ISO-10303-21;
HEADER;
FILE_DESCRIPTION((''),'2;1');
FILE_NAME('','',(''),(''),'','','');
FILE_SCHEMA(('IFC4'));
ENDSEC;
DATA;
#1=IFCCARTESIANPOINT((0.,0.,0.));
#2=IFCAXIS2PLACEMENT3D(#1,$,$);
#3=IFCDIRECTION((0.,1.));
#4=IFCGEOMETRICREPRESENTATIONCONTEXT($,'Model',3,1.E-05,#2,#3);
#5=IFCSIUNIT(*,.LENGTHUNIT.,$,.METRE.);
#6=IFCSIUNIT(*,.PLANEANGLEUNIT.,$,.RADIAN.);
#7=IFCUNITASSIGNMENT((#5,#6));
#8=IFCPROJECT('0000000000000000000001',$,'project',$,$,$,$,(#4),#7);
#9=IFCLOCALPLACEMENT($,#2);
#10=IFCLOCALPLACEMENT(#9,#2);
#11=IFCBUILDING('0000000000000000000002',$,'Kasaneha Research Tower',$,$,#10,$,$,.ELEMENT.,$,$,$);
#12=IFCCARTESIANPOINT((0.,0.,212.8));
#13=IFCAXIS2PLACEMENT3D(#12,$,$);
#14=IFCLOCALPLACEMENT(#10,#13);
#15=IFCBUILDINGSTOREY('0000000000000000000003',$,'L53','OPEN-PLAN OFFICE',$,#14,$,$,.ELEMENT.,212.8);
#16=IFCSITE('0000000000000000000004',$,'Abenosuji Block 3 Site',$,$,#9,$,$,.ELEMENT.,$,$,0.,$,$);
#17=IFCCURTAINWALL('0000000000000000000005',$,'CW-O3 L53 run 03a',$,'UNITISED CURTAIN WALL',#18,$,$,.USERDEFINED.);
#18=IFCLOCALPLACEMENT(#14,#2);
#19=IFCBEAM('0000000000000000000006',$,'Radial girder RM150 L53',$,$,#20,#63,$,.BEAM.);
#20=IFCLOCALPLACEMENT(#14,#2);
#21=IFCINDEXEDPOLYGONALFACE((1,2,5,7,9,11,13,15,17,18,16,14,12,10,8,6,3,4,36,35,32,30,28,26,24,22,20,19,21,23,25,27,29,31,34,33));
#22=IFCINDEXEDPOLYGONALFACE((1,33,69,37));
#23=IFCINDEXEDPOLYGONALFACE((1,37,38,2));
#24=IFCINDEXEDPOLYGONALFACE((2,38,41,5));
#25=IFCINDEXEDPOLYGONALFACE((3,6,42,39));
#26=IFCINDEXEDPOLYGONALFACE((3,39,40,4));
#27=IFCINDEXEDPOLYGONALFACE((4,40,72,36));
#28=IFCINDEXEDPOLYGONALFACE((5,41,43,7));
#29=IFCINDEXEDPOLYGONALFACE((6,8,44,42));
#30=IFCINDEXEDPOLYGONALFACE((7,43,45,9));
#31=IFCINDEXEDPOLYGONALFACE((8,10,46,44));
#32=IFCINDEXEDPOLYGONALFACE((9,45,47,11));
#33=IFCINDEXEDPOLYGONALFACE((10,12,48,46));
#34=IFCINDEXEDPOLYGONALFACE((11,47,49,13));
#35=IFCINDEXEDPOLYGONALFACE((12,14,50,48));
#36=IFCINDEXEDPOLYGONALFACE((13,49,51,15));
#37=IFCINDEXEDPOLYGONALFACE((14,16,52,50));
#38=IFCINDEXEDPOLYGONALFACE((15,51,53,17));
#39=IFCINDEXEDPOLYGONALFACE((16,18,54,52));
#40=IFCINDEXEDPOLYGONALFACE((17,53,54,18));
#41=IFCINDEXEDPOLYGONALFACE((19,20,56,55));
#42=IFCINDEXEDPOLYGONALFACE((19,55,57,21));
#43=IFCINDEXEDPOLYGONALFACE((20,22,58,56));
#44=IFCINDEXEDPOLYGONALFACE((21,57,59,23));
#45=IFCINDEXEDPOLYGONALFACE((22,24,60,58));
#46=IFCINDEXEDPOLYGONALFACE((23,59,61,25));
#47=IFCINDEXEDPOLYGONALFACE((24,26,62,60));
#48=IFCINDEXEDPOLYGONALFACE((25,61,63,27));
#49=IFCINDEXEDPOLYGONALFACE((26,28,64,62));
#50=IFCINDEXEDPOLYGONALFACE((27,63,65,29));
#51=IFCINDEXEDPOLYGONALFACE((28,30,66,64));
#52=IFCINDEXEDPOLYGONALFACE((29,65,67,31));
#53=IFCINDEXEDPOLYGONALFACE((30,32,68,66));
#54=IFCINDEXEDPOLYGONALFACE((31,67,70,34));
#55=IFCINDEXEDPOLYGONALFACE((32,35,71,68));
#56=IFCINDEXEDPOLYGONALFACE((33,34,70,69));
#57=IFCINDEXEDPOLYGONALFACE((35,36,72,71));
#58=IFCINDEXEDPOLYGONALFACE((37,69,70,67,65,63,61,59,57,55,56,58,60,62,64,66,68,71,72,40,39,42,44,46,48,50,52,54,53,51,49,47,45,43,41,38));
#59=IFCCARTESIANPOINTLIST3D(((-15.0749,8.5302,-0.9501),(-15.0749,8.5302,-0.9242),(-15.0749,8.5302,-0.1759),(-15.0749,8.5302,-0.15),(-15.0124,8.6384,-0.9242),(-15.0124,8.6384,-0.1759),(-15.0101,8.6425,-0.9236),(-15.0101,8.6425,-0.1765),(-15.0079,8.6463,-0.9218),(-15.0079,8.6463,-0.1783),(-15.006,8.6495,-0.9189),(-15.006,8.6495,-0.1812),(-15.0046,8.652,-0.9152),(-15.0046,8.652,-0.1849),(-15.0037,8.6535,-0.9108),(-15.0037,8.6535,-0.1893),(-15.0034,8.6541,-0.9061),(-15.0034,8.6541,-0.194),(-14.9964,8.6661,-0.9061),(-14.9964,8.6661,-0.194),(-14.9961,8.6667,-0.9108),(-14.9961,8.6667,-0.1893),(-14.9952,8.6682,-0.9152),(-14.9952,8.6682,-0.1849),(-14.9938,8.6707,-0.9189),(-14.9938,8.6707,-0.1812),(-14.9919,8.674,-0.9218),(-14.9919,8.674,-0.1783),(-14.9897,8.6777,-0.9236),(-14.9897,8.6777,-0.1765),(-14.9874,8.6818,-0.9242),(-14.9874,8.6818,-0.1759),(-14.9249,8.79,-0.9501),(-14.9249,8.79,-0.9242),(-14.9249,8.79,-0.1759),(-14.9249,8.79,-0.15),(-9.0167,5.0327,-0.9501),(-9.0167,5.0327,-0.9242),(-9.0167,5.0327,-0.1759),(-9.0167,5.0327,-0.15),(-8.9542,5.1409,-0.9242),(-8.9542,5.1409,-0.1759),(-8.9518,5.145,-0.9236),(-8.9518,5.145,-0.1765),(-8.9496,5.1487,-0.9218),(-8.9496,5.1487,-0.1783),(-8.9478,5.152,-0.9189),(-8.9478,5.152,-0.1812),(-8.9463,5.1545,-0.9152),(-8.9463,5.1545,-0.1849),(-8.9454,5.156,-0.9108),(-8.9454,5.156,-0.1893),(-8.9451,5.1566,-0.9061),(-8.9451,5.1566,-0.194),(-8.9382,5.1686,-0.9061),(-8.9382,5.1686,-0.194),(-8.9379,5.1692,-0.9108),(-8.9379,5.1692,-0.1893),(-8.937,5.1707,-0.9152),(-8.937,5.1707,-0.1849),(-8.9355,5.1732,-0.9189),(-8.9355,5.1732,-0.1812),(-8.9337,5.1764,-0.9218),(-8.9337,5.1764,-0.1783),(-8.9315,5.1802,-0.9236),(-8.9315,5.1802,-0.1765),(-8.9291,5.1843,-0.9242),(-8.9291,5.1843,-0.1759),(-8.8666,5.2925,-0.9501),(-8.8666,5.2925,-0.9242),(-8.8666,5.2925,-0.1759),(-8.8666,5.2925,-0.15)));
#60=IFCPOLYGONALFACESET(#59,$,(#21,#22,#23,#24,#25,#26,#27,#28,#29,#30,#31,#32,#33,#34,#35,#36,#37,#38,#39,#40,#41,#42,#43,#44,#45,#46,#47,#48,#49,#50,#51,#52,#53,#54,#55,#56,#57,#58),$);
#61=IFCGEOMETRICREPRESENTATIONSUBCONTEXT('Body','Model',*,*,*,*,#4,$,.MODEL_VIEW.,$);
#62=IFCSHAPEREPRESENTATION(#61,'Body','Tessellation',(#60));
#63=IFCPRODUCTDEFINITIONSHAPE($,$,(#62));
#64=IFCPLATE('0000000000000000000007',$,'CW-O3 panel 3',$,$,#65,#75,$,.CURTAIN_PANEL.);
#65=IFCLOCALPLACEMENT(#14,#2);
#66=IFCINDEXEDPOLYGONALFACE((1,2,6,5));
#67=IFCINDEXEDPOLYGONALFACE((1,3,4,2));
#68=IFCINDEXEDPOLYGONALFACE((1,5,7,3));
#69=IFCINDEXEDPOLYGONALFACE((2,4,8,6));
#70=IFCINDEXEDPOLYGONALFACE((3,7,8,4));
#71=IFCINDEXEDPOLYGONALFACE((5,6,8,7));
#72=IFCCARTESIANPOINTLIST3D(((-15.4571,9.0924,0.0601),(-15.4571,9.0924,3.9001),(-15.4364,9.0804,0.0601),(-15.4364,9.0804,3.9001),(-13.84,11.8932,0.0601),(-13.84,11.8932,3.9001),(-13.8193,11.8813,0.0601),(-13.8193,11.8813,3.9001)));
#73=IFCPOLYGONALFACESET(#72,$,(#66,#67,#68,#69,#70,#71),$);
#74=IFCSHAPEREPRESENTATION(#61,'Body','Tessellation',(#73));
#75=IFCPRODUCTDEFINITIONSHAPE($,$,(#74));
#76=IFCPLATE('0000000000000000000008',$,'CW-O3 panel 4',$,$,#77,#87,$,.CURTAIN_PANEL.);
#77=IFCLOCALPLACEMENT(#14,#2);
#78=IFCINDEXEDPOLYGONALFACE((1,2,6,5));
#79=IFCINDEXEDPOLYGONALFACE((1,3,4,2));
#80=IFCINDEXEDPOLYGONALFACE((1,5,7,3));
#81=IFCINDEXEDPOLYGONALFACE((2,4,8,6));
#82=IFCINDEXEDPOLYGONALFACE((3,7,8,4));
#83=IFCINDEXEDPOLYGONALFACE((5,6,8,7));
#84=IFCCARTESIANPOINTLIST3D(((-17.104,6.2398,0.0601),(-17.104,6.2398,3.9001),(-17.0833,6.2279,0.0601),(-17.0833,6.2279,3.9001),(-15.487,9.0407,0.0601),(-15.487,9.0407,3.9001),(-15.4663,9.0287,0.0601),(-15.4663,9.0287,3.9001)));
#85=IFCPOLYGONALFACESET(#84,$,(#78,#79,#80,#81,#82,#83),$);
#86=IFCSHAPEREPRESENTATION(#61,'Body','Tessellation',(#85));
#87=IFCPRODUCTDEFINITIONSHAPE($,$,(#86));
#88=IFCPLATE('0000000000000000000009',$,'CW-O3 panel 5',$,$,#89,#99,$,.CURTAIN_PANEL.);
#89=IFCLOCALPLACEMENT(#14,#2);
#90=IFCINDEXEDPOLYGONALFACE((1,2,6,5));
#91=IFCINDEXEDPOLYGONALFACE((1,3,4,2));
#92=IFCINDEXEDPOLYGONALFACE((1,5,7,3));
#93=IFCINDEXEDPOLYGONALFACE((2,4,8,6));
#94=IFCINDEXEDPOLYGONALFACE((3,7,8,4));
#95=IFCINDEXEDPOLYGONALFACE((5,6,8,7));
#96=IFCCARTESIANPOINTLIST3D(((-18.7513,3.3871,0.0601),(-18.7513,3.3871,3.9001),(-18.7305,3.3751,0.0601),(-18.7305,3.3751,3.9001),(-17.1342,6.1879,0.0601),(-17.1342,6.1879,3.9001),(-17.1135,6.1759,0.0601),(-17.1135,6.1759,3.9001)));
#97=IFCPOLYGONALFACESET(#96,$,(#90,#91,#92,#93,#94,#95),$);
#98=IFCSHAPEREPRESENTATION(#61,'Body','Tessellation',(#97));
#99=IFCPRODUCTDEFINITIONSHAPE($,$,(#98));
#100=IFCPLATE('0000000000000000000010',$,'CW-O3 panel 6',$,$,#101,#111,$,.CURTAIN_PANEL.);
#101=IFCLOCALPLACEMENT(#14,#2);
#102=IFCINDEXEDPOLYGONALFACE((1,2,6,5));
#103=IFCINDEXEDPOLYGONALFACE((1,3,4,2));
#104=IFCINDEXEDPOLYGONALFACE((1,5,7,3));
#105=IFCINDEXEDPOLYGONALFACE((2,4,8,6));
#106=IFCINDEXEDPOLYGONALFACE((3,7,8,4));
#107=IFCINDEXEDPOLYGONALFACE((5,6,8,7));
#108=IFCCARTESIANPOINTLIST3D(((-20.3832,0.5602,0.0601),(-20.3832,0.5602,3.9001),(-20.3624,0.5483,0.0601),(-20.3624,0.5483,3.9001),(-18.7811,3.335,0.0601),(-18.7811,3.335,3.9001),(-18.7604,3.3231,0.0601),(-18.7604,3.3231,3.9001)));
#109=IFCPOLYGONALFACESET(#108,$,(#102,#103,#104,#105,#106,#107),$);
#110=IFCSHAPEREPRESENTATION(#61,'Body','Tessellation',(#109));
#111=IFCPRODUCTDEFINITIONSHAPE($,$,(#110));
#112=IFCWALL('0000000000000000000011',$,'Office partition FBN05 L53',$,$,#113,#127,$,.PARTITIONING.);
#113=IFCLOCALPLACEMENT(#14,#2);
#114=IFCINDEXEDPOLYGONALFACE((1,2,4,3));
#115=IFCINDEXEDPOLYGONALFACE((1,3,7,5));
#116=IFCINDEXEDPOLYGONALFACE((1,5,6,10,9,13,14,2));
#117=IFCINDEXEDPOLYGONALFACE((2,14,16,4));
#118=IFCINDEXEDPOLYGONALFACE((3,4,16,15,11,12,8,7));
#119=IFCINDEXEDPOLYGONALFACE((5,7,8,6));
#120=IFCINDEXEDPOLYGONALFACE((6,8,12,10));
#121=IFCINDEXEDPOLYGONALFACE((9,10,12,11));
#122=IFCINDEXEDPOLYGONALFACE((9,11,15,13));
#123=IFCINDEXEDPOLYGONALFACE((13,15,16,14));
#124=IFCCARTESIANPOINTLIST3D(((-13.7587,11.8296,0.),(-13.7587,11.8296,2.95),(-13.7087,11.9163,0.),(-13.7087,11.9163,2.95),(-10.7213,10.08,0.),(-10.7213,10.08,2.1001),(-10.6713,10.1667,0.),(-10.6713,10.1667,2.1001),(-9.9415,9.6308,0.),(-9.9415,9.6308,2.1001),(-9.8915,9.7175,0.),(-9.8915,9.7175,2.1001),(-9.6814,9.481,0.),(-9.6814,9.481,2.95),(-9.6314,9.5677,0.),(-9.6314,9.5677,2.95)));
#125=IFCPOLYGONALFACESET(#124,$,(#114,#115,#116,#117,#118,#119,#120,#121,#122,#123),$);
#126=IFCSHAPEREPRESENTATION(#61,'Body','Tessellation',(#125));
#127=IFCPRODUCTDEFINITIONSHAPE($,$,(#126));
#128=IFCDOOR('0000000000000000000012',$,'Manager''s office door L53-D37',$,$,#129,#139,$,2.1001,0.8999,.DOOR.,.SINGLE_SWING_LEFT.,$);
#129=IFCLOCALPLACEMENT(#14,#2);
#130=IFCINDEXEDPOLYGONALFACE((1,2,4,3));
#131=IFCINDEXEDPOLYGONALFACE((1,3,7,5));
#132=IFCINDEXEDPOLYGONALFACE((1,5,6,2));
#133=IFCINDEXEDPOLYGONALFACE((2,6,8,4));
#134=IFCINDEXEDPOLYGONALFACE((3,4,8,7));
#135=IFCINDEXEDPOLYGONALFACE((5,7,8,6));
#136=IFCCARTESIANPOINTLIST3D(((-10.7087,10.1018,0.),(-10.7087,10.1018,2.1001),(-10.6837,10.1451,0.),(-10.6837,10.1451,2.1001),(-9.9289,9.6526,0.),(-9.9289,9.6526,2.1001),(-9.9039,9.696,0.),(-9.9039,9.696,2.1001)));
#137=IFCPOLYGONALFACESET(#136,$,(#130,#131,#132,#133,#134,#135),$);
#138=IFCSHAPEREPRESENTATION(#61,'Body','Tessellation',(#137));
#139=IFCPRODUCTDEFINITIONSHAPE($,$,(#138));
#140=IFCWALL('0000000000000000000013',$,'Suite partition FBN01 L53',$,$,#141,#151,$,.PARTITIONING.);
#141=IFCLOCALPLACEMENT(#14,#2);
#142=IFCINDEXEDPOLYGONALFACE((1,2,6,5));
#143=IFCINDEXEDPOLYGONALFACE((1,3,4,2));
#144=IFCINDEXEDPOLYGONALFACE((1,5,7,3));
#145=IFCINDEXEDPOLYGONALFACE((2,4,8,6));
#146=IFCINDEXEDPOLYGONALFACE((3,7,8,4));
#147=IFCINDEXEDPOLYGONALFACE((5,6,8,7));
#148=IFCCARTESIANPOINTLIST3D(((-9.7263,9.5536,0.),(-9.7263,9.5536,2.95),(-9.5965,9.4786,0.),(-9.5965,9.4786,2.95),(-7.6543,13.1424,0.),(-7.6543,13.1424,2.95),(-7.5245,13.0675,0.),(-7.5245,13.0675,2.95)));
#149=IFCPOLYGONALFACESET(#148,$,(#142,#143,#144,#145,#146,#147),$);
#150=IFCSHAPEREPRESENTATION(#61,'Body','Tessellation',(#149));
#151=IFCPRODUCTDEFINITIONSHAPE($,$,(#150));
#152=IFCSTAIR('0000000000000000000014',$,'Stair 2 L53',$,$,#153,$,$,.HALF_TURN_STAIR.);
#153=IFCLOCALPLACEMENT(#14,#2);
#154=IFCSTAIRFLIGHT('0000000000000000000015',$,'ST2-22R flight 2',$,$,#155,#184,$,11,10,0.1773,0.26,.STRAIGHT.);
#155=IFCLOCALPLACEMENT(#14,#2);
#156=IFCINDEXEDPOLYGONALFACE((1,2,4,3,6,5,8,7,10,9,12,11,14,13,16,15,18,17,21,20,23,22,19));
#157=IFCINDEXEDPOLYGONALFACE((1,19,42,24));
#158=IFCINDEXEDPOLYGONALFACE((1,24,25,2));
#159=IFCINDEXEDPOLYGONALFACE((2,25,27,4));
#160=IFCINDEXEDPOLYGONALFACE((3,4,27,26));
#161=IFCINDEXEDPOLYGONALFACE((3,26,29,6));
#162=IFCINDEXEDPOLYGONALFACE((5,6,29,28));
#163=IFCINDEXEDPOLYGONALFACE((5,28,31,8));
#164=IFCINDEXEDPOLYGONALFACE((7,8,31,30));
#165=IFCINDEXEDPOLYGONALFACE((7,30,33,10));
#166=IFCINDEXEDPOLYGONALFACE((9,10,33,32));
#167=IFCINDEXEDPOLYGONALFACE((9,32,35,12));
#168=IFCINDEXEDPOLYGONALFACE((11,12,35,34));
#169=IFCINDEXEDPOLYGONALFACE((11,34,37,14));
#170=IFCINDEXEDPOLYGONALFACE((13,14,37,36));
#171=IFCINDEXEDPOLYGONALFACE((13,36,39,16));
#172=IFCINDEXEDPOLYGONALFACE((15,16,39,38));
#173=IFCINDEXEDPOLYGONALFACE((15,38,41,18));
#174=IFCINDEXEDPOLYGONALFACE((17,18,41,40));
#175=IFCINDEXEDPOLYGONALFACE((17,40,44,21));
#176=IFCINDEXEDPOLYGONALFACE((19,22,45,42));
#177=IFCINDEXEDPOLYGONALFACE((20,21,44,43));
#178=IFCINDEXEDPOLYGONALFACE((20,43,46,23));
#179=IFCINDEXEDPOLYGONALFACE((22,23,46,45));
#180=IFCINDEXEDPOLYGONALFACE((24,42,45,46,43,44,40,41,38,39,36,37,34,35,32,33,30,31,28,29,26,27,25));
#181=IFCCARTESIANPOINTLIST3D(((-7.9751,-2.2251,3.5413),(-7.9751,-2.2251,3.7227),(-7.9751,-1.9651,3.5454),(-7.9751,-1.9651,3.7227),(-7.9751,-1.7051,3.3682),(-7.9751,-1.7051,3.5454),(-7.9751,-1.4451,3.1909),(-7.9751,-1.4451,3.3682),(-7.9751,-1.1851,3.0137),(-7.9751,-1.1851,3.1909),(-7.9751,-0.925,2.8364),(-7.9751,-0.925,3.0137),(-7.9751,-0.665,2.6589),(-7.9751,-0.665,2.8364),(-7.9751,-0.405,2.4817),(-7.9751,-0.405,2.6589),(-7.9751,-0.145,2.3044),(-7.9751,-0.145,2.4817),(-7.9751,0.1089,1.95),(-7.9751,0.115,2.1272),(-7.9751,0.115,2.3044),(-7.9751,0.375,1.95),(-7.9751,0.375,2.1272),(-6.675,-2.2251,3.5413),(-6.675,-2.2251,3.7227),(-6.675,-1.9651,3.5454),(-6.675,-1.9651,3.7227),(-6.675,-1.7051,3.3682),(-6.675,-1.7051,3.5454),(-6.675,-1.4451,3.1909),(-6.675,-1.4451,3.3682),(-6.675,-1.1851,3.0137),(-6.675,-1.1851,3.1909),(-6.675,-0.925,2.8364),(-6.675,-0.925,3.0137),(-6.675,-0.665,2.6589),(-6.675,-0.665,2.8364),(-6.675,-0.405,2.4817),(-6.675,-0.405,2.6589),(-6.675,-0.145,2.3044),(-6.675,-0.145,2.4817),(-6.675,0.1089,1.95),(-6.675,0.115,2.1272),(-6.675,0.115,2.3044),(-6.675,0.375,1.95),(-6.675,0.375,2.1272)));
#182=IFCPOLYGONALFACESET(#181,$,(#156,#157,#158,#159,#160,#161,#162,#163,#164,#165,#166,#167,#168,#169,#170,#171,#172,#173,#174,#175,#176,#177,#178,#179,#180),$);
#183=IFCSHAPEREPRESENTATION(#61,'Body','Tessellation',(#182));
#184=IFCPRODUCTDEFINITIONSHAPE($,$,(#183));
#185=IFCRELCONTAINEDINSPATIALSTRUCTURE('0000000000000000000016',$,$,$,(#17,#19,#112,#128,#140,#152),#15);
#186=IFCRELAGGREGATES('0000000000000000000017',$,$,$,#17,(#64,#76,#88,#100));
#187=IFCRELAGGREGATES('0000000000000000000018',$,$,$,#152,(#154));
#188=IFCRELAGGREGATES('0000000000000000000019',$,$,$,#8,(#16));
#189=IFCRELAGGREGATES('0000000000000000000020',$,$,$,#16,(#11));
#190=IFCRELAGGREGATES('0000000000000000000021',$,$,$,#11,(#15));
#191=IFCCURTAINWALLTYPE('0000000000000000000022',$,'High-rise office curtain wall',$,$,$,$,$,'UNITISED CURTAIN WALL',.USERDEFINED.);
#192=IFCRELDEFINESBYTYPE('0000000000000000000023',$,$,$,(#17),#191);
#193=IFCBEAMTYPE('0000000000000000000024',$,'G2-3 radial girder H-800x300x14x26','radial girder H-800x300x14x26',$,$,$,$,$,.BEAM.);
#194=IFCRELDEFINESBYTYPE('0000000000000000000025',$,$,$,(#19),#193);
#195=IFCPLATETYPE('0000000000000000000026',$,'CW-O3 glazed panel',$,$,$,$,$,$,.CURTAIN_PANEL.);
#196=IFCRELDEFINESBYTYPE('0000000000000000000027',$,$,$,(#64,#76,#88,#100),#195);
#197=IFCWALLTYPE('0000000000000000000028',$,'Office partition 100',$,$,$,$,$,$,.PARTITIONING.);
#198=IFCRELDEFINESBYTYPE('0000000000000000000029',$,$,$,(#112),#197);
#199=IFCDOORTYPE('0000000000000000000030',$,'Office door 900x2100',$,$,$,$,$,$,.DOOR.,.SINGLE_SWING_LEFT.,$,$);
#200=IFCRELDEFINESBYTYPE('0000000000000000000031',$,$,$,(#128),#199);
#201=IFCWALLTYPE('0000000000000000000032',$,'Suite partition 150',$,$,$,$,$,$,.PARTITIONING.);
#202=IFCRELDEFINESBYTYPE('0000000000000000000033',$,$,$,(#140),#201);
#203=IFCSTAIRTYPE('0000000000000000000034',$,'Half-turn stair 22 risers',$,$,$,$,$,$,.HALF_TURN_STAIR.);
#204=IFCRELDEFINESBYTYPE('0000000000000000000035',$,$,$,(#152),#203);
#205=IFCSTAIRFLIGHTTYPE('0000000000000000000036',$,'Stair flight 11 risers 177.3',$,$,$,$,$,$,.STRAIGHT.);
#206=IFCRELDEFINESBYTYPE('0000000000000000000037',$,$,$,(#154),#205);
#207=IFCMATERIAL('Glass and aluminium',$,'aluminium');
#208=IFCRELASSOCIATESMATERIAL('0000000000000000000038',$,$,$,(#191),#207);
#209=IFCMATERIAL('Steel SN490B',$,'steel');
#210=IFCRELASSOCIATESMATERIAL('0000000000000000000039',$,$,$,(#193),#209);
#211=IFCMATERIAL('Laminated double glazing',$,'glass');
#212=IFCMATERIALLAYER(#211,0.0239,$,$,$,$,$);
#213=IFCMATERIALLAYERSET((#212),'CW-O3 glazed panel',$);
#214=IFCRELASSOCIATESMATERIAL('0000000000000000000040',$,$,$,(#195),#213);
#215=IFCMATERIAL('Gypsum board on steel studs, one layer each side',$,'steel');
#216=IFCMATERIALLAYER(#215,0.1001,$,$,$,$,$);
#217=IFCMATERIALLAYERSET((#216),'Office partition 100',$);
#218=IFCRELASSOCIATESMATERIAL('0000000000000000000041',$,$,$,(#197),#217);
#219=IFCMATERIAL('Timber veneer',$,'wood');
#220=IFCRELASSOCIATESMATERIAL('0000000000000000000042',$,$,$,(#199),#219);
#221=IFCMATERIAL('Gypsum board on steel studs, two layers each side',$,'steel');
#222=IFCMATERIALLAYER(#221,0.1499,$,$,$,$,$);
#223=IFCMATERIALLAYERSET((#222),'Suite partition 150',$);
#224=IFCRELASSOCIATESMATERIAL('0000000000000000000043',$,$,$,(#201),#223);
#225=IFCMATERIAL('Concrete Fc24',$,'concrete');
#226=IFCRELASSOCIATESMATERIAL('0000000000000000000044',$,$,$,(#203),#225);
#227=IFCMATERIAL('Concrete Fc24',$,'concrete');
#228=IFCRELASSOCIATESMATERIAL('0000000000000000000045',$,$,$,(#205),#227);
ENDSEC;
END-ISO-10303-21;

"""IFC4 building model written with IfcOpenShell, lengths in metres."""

from ifc_helpers import new_model, si_unit, direction, frame, frame_2d, origin, origin_2d, place, context, subcontext, project, spatial, polyline, rectangle, i_section, outline, extrude, material, layer, layer_set, material_profile, profile_set, type_object, element, fill, aggregate, save


model = new_model("IFC4")

# Units and contexts
model_context = context("Model", 3, precision=1e-05, world=origin(), true_north=direction((0.0, 1.0)))
body_context = subcontext(model_context, "Body", "Model", "MODEL_VIEW")
ifc_project = project(units=[si_unit("LENGTHUNIT", "METRE"), si_unit("PLANEANGLEUNIT", "RADIAN")], contexts=[model_context])

# Site, building, storey
site_placement = place(None, origin())
site = spatial("IfcSite", under=ifc_project, at=site_placement, Name="Abenosuji Block 3 Site", CompositionType="ELEMENT", RefElevation=0.0)
building_placement = place(site_placement, origin())
building = spatial("IfcBuilding", under=site, at=building_placement, Name="Kasaneha Research Tower", CompositionType="ELEMENT")
storey_placement = place(building_placement, frame((0.0, 0.0, 212.8)))
storey = spatial("IfcBuildingStorey", under=building, at=storey_placement, Name="L53", Description="OPEN-PLAN OFFICE", CompositionType="ELEMENT", Elevation=212.8)

# Curtain wall
ifc_material_1 = material(Name="Glass and aluminium", Category="aluminium")
curtain_wall_type = type_object("IfcCurtainWallType", Name="High-rise office curtain wall", ElementType="UNITISED CURTAIN WALL", PredefinedType="USERDEFINED", material=ifc_material_1)
curtain_wall_placement = place(storey_placement, origin())
curtain_wall = element("IfcCurtainWall", 1, at=curtain_wall_placement, inside=storey, type_object=curtain_wall_type, Name="CW-O3 L53 run 03a", ObjectType="UNITISED CURTAIN WALL", PredefinedType="USERDEFINED")

# Beam
ifc_material_2 = material(Name="Steel SN490B", Category="steel")
ifc_material_profile_1 = material_profile(ifc_material_2, i_section(OverallWidth=0.3, OverallDepth=0.8, WebThickness=0.0139, FlangeThickness=0.0259, FilletRadius=0.0181, at=origin_2d()), Name="H-800x300x14x26")
ifc_profile_set_1 = profile_set([ifc_material_profile_1], Name="Steel SN490B")
beam_type_1 = type_object("IfcBeamType", Name="G2-3 radial girder H-800x300x14x26", Description="radial girder H-800x300x14x26", PredefinedType="BEAM", material=ifc_profile_set_1)
beam_1_placement = place(storey_placement, frame((-8.9417, 5.1626, -0.55), z_axis=(-0.86604, 0.499975, 0.0), x_axis=(-0.499975, -0.86604, 0.0)))
element("IfcBeam", 2, at=beam_1_placement, inside=storey, type_object=beam_type_1, Name="Radial girder RM150 L53", PredefinedType="BEAM", context=body_context, shape_type="SweptSolid", body=[
    extrude(i_section(OverallWidth=0.3, OverallDepth=0.8, WebThickness=0.0139, FlangeThickness=0.0259, FilletRadius=0.0181, at=origin_2d()), origin(), (0.0, 0.0, 1.0), 6.9954),
])

# Plates
ifc_material_3 = material(Name="Laminated double glazing", Category="glass")
ifc_layer_1 = layer(ifc_material_3, 0.0239)
ifc_layer_set_1 = layer_set([ifc_layer_1], Name="CW-O3 glazed panel")
plate_type = type_object("IfcPlateType", Name="CW-O3 glazed panel", PredefinedType="CURTAIN_PANEL", material=ifc_layer_set_1)
plate_1_placement = place(storey_placement, frame((-14.6382, 10.4868, 0.0601), z_axis=(0.0, 0.0, 1.0), x_axis=(-0.5, -0.866025, 0.0)))
plate_1 = element("IfcPlate", 3, at=plate_1_placement, type_object=plate_type, Name="CW-O3 panel 3", PredefinedType="CURTAIN_PANEL", context=body_context, shape_type="SweptSolid", body=[
    extrude(rectangle(XDim=3.2341, YDim=0.0239, at=origin_2d()), origin(), (0.0, 0.0, 1.0), 3.8401),
])
plate_2_placement = place(storey_placement, frame((-16.2852, 7.6343, 0.0601), z_axis=(0.0, 0.0, 1.0), x_axis=(-0.5, -0.866025, 0.0)))
plate_2 = element("IfcPlate", 4, at=plate_2_placement, type_object=plate_type, Name="CW-O3 panel 4", PredefinedType="CURTAIN_PANEL", context=body_context, shape_type="SweptSolid", body=[
    extrude(rectangle(XDim=3.2341, YDim=0.0239, at=origin_2d()), origin(), (0.0, 0.0, 1.0), 3.8401),
])
plate_3_placement = place(storey_placement, frame((-17.9324, 4.7815, 0.0601), z_axis=(0.0, 0.0, 1.0), x_axis=(-0.5, -0.866025, 0.0)))
plate_3 = element("IfcPlate", 5, at=plate_3_placement, type_object=plate_type, Name="CW-O3 panel 5", PredefinedType="CURTAIN_PANEL", context=body_context, shape_type="SweptSolid", body=[
    extrude(rectangle(XDim=3.2341, YDim=0.0239, at=origin_2d()), origin(), (0.0, 0.0, 1.0), 3.8401),
])
plate_4_placement = place(storey_placement, frame((-19.5718, 1.9417, 0.0601), z_axis=(0.0, 0.0, 1.0), x_axis=(-0.5, -0.866025, 0.0)))
plate_4 = element("IfcPlate", 6, at=plate_4_placement, type_object=plate_type, Name="CW-O3 panel 6", PredefinedType="CURTAIN_PANEL", context=body_context, shape_type="SweptSolid", body=[
    extrude(rectangle(XDim=3.2041, YDim=0.0239, at=origin_2d()), origin(), (0.0, 0.0, 1.0), 3.8401),
])
aggregate(curtain_wall, [plate_1, plate_2, plate_3, plate_4])

# Wall, opening, door
ifc_material_4 = material(Name="Gypsum board on steel studs, one layer each side", Category="steel")
ifc_layer_2 = layer(ifc_material_4, 0.1001)
ifc_layer_set_2 = layer_set([ifc_layer_2], Name="Office partition 100")
wall_type_1 = type_object("IfcWallType", Name="Office partition 100", PredefinedType="PARTITIONING", material=ifc_layer_set_2)
wall_1_placement = place(storey_placement, frame((-9.6565, 9.5244, 0.0), z_axis=(0.0, 0.0, 1.0), x_axis=(-0.866527, 0.499131, 0.0)))
wall_1 = element("IfcWall", 7, at=wall_1_placement, inside=storey, type_object=wall_type_1, Name="Office partition FBN05 L53", PredefinedType="PARTITIONING", context=body_context, shape_type="SweptSolid", body=[
    extrude(rectangle(XDim=4.7053, YDim=0.1001, at=frame_2d((2.3525, 0.0))), origin(), (0.0, 0.0, 1.0), 2.95),
])
opening_1_placement = place(wall_1_placement, frame((0.3, 0.0, 0.0)))
opening_1 = element("IfcOpeningElement", 8, at=opening_1_placement, cuts=wall_1, PredefinedType="OPENING", context=body_context, shape_type="SweptSolid", body=[
    extrude(rectangle(XDim=0.8999, YDim=2.1001, at=frame_2d((0.45, 1.05))), frame((0.0, 0.0601, 0.0), z_axis=(0.0, -1.0, 0.0), x_axis=(1.0, 0.0, 0.0)), (0.0, 0.0, 1.0), 0.1201),
])
ifc_material_5 = material(Name="Timber veneer", Category="wood")
door_type_1 = type_object("IfcDoorType", Name="Office door 900x2100", OperationType="SINGLE_SWING_LEFT", PredefinedType="DOOR", material=ifc_material_5)
door_1_placement = place(opening_1_placement, origin())
door_1 = element("IfcDoor", 9, at=door_1_placement, inside=storey, type_object=door_type_1, Name="Manager's office door L53-D37", OperationType="SINGLE_SWING_LEFT", OverallHeight=2.1001, OverallWidth=0.8999, PredefinedType="DOOR", context=body_context, shape_type="SweptSolid", body=[
    extrude(rectangle(XDim=0.8999, YDim=2.1001, at=frame_2d((0.45, 1.05))), frame((0.0, 0.0249, 0.0), z_axis=(0.0, -1.0, 0.0), x_axis=(1.0, 0.0, 0.0)), (0.0, 0.0, 1.0), 0.05),
])
fill(opening_1, door_1)

# Wall
ifc_material_6 = material(Name="Gypsum board on steel studs, two layers each side", Category="steel")
ifc_layer_3 = layer(ifc_material_6, 0.1499)
ifc_layer_set_3 = layer_set([ifc_layer_3], Name="Suite partition 150")
wall_type_2 = type_object("IfcWallType", Name="Suite partition 150", PredefinedType="PARTITIONING", material=ifc_layer_set_3)
wall_2_placement = place(storey_placement, frame((-9.6614, 9.5161, 0.0), z_axis=(0.0, 0.0, 1.0), x_axis=(0.499998, 0.866027, 0.0)))
element("IfcWall", 10, at=wall_2_placement, inside=storey, type_object=wall_type_2, Name="Suite partition FBN01 L53", PredefinedType="PARTITIONING", context=body_context, shape_type="SweptSolid", body=[
    extrude(rectangle(XDim=4.144, YDim=0.1499, at=frame_2d((2.072, 0.0))), origin(), (0.0, 0.0, 1.0), 2.95),
])

# Stair, stair flight
ifc_material_7 = material(Name="Concrete Fc24", Category="concrete")
stair_type = type_object("IfcStairType", Name="Half-turn stair 22 risers", PredefinedType="HALF_TURN_STAIR", material=ifc_material_7)
stair_placement = place(storey_placement, origin())
stair = element("IfcStair", 11, at=stair_placement, inside=storey, type_object=stair_type, Name="Stair 2 L53", PredefinedType="HALF_TURN_STAIR")
ifc_material_8 = material(Name="Concrete Fc24", Category="concrete")
stair_flight_type = type_object("IfcStairFlightType", Name="Stair flight 11 risers 177.3", PredefinedType="STRAIGHT", material=ifc_material_8)
stair_flight_placement = place(storey_placement, frame((-7.325, 0.375, 1.95), z_axis=(0.0, 0.0, 1.0), x_axis=(0.0, -1.0, 0.0)))
stair_flight = element("IfcStairFlight", 12, at=stair_flight_placement, type_object=stair_flight_type, Name="ST2-22R flight 2", NumberOfRisers=11, NumberOfTreads=10, PredefinedType="STRAIGHT", RiserHeight=0.1773, TreadLength=0.26, context=body_context, shape_type="SweptSolid", body=[
    extrude(outline(polyline([(0.0, 0.0), (0.0, 0.1772), (0.26, 0.1772), (0.26, 0.3545), (0.52, 0.3545), (0.52, 0.5317), (0.78, 0.5317), (0.78, 0.709), (1.04, 0.709), (1.04, 0.8865), (1.3, 0.8865), (1.3, 1.0637), (1.5601, 1.0637), (1.5601, 1.241), (1.8201, 1.241), (1.8201, 1.4182), (2.0801, 1.4182), (2.0801, 1.5955), (2.3401, 1.5955), (2.3401, 1.7727), (2.6001, 1.7727), (2.6001, 1.95), (2.6001, 1.5913), (0.2661, 0.0), (0.0, 0.0)])), frame((0.0, 0.6499, 0.0), z_axis=(0.0, -1.0, 0.0), x_axis=(1.0, 0.0, 0.0)), (0.0, 0.0, 1.0), 1.3),
])
aggregate(stair, [stair_flight])

save(model, "model.ifc")
